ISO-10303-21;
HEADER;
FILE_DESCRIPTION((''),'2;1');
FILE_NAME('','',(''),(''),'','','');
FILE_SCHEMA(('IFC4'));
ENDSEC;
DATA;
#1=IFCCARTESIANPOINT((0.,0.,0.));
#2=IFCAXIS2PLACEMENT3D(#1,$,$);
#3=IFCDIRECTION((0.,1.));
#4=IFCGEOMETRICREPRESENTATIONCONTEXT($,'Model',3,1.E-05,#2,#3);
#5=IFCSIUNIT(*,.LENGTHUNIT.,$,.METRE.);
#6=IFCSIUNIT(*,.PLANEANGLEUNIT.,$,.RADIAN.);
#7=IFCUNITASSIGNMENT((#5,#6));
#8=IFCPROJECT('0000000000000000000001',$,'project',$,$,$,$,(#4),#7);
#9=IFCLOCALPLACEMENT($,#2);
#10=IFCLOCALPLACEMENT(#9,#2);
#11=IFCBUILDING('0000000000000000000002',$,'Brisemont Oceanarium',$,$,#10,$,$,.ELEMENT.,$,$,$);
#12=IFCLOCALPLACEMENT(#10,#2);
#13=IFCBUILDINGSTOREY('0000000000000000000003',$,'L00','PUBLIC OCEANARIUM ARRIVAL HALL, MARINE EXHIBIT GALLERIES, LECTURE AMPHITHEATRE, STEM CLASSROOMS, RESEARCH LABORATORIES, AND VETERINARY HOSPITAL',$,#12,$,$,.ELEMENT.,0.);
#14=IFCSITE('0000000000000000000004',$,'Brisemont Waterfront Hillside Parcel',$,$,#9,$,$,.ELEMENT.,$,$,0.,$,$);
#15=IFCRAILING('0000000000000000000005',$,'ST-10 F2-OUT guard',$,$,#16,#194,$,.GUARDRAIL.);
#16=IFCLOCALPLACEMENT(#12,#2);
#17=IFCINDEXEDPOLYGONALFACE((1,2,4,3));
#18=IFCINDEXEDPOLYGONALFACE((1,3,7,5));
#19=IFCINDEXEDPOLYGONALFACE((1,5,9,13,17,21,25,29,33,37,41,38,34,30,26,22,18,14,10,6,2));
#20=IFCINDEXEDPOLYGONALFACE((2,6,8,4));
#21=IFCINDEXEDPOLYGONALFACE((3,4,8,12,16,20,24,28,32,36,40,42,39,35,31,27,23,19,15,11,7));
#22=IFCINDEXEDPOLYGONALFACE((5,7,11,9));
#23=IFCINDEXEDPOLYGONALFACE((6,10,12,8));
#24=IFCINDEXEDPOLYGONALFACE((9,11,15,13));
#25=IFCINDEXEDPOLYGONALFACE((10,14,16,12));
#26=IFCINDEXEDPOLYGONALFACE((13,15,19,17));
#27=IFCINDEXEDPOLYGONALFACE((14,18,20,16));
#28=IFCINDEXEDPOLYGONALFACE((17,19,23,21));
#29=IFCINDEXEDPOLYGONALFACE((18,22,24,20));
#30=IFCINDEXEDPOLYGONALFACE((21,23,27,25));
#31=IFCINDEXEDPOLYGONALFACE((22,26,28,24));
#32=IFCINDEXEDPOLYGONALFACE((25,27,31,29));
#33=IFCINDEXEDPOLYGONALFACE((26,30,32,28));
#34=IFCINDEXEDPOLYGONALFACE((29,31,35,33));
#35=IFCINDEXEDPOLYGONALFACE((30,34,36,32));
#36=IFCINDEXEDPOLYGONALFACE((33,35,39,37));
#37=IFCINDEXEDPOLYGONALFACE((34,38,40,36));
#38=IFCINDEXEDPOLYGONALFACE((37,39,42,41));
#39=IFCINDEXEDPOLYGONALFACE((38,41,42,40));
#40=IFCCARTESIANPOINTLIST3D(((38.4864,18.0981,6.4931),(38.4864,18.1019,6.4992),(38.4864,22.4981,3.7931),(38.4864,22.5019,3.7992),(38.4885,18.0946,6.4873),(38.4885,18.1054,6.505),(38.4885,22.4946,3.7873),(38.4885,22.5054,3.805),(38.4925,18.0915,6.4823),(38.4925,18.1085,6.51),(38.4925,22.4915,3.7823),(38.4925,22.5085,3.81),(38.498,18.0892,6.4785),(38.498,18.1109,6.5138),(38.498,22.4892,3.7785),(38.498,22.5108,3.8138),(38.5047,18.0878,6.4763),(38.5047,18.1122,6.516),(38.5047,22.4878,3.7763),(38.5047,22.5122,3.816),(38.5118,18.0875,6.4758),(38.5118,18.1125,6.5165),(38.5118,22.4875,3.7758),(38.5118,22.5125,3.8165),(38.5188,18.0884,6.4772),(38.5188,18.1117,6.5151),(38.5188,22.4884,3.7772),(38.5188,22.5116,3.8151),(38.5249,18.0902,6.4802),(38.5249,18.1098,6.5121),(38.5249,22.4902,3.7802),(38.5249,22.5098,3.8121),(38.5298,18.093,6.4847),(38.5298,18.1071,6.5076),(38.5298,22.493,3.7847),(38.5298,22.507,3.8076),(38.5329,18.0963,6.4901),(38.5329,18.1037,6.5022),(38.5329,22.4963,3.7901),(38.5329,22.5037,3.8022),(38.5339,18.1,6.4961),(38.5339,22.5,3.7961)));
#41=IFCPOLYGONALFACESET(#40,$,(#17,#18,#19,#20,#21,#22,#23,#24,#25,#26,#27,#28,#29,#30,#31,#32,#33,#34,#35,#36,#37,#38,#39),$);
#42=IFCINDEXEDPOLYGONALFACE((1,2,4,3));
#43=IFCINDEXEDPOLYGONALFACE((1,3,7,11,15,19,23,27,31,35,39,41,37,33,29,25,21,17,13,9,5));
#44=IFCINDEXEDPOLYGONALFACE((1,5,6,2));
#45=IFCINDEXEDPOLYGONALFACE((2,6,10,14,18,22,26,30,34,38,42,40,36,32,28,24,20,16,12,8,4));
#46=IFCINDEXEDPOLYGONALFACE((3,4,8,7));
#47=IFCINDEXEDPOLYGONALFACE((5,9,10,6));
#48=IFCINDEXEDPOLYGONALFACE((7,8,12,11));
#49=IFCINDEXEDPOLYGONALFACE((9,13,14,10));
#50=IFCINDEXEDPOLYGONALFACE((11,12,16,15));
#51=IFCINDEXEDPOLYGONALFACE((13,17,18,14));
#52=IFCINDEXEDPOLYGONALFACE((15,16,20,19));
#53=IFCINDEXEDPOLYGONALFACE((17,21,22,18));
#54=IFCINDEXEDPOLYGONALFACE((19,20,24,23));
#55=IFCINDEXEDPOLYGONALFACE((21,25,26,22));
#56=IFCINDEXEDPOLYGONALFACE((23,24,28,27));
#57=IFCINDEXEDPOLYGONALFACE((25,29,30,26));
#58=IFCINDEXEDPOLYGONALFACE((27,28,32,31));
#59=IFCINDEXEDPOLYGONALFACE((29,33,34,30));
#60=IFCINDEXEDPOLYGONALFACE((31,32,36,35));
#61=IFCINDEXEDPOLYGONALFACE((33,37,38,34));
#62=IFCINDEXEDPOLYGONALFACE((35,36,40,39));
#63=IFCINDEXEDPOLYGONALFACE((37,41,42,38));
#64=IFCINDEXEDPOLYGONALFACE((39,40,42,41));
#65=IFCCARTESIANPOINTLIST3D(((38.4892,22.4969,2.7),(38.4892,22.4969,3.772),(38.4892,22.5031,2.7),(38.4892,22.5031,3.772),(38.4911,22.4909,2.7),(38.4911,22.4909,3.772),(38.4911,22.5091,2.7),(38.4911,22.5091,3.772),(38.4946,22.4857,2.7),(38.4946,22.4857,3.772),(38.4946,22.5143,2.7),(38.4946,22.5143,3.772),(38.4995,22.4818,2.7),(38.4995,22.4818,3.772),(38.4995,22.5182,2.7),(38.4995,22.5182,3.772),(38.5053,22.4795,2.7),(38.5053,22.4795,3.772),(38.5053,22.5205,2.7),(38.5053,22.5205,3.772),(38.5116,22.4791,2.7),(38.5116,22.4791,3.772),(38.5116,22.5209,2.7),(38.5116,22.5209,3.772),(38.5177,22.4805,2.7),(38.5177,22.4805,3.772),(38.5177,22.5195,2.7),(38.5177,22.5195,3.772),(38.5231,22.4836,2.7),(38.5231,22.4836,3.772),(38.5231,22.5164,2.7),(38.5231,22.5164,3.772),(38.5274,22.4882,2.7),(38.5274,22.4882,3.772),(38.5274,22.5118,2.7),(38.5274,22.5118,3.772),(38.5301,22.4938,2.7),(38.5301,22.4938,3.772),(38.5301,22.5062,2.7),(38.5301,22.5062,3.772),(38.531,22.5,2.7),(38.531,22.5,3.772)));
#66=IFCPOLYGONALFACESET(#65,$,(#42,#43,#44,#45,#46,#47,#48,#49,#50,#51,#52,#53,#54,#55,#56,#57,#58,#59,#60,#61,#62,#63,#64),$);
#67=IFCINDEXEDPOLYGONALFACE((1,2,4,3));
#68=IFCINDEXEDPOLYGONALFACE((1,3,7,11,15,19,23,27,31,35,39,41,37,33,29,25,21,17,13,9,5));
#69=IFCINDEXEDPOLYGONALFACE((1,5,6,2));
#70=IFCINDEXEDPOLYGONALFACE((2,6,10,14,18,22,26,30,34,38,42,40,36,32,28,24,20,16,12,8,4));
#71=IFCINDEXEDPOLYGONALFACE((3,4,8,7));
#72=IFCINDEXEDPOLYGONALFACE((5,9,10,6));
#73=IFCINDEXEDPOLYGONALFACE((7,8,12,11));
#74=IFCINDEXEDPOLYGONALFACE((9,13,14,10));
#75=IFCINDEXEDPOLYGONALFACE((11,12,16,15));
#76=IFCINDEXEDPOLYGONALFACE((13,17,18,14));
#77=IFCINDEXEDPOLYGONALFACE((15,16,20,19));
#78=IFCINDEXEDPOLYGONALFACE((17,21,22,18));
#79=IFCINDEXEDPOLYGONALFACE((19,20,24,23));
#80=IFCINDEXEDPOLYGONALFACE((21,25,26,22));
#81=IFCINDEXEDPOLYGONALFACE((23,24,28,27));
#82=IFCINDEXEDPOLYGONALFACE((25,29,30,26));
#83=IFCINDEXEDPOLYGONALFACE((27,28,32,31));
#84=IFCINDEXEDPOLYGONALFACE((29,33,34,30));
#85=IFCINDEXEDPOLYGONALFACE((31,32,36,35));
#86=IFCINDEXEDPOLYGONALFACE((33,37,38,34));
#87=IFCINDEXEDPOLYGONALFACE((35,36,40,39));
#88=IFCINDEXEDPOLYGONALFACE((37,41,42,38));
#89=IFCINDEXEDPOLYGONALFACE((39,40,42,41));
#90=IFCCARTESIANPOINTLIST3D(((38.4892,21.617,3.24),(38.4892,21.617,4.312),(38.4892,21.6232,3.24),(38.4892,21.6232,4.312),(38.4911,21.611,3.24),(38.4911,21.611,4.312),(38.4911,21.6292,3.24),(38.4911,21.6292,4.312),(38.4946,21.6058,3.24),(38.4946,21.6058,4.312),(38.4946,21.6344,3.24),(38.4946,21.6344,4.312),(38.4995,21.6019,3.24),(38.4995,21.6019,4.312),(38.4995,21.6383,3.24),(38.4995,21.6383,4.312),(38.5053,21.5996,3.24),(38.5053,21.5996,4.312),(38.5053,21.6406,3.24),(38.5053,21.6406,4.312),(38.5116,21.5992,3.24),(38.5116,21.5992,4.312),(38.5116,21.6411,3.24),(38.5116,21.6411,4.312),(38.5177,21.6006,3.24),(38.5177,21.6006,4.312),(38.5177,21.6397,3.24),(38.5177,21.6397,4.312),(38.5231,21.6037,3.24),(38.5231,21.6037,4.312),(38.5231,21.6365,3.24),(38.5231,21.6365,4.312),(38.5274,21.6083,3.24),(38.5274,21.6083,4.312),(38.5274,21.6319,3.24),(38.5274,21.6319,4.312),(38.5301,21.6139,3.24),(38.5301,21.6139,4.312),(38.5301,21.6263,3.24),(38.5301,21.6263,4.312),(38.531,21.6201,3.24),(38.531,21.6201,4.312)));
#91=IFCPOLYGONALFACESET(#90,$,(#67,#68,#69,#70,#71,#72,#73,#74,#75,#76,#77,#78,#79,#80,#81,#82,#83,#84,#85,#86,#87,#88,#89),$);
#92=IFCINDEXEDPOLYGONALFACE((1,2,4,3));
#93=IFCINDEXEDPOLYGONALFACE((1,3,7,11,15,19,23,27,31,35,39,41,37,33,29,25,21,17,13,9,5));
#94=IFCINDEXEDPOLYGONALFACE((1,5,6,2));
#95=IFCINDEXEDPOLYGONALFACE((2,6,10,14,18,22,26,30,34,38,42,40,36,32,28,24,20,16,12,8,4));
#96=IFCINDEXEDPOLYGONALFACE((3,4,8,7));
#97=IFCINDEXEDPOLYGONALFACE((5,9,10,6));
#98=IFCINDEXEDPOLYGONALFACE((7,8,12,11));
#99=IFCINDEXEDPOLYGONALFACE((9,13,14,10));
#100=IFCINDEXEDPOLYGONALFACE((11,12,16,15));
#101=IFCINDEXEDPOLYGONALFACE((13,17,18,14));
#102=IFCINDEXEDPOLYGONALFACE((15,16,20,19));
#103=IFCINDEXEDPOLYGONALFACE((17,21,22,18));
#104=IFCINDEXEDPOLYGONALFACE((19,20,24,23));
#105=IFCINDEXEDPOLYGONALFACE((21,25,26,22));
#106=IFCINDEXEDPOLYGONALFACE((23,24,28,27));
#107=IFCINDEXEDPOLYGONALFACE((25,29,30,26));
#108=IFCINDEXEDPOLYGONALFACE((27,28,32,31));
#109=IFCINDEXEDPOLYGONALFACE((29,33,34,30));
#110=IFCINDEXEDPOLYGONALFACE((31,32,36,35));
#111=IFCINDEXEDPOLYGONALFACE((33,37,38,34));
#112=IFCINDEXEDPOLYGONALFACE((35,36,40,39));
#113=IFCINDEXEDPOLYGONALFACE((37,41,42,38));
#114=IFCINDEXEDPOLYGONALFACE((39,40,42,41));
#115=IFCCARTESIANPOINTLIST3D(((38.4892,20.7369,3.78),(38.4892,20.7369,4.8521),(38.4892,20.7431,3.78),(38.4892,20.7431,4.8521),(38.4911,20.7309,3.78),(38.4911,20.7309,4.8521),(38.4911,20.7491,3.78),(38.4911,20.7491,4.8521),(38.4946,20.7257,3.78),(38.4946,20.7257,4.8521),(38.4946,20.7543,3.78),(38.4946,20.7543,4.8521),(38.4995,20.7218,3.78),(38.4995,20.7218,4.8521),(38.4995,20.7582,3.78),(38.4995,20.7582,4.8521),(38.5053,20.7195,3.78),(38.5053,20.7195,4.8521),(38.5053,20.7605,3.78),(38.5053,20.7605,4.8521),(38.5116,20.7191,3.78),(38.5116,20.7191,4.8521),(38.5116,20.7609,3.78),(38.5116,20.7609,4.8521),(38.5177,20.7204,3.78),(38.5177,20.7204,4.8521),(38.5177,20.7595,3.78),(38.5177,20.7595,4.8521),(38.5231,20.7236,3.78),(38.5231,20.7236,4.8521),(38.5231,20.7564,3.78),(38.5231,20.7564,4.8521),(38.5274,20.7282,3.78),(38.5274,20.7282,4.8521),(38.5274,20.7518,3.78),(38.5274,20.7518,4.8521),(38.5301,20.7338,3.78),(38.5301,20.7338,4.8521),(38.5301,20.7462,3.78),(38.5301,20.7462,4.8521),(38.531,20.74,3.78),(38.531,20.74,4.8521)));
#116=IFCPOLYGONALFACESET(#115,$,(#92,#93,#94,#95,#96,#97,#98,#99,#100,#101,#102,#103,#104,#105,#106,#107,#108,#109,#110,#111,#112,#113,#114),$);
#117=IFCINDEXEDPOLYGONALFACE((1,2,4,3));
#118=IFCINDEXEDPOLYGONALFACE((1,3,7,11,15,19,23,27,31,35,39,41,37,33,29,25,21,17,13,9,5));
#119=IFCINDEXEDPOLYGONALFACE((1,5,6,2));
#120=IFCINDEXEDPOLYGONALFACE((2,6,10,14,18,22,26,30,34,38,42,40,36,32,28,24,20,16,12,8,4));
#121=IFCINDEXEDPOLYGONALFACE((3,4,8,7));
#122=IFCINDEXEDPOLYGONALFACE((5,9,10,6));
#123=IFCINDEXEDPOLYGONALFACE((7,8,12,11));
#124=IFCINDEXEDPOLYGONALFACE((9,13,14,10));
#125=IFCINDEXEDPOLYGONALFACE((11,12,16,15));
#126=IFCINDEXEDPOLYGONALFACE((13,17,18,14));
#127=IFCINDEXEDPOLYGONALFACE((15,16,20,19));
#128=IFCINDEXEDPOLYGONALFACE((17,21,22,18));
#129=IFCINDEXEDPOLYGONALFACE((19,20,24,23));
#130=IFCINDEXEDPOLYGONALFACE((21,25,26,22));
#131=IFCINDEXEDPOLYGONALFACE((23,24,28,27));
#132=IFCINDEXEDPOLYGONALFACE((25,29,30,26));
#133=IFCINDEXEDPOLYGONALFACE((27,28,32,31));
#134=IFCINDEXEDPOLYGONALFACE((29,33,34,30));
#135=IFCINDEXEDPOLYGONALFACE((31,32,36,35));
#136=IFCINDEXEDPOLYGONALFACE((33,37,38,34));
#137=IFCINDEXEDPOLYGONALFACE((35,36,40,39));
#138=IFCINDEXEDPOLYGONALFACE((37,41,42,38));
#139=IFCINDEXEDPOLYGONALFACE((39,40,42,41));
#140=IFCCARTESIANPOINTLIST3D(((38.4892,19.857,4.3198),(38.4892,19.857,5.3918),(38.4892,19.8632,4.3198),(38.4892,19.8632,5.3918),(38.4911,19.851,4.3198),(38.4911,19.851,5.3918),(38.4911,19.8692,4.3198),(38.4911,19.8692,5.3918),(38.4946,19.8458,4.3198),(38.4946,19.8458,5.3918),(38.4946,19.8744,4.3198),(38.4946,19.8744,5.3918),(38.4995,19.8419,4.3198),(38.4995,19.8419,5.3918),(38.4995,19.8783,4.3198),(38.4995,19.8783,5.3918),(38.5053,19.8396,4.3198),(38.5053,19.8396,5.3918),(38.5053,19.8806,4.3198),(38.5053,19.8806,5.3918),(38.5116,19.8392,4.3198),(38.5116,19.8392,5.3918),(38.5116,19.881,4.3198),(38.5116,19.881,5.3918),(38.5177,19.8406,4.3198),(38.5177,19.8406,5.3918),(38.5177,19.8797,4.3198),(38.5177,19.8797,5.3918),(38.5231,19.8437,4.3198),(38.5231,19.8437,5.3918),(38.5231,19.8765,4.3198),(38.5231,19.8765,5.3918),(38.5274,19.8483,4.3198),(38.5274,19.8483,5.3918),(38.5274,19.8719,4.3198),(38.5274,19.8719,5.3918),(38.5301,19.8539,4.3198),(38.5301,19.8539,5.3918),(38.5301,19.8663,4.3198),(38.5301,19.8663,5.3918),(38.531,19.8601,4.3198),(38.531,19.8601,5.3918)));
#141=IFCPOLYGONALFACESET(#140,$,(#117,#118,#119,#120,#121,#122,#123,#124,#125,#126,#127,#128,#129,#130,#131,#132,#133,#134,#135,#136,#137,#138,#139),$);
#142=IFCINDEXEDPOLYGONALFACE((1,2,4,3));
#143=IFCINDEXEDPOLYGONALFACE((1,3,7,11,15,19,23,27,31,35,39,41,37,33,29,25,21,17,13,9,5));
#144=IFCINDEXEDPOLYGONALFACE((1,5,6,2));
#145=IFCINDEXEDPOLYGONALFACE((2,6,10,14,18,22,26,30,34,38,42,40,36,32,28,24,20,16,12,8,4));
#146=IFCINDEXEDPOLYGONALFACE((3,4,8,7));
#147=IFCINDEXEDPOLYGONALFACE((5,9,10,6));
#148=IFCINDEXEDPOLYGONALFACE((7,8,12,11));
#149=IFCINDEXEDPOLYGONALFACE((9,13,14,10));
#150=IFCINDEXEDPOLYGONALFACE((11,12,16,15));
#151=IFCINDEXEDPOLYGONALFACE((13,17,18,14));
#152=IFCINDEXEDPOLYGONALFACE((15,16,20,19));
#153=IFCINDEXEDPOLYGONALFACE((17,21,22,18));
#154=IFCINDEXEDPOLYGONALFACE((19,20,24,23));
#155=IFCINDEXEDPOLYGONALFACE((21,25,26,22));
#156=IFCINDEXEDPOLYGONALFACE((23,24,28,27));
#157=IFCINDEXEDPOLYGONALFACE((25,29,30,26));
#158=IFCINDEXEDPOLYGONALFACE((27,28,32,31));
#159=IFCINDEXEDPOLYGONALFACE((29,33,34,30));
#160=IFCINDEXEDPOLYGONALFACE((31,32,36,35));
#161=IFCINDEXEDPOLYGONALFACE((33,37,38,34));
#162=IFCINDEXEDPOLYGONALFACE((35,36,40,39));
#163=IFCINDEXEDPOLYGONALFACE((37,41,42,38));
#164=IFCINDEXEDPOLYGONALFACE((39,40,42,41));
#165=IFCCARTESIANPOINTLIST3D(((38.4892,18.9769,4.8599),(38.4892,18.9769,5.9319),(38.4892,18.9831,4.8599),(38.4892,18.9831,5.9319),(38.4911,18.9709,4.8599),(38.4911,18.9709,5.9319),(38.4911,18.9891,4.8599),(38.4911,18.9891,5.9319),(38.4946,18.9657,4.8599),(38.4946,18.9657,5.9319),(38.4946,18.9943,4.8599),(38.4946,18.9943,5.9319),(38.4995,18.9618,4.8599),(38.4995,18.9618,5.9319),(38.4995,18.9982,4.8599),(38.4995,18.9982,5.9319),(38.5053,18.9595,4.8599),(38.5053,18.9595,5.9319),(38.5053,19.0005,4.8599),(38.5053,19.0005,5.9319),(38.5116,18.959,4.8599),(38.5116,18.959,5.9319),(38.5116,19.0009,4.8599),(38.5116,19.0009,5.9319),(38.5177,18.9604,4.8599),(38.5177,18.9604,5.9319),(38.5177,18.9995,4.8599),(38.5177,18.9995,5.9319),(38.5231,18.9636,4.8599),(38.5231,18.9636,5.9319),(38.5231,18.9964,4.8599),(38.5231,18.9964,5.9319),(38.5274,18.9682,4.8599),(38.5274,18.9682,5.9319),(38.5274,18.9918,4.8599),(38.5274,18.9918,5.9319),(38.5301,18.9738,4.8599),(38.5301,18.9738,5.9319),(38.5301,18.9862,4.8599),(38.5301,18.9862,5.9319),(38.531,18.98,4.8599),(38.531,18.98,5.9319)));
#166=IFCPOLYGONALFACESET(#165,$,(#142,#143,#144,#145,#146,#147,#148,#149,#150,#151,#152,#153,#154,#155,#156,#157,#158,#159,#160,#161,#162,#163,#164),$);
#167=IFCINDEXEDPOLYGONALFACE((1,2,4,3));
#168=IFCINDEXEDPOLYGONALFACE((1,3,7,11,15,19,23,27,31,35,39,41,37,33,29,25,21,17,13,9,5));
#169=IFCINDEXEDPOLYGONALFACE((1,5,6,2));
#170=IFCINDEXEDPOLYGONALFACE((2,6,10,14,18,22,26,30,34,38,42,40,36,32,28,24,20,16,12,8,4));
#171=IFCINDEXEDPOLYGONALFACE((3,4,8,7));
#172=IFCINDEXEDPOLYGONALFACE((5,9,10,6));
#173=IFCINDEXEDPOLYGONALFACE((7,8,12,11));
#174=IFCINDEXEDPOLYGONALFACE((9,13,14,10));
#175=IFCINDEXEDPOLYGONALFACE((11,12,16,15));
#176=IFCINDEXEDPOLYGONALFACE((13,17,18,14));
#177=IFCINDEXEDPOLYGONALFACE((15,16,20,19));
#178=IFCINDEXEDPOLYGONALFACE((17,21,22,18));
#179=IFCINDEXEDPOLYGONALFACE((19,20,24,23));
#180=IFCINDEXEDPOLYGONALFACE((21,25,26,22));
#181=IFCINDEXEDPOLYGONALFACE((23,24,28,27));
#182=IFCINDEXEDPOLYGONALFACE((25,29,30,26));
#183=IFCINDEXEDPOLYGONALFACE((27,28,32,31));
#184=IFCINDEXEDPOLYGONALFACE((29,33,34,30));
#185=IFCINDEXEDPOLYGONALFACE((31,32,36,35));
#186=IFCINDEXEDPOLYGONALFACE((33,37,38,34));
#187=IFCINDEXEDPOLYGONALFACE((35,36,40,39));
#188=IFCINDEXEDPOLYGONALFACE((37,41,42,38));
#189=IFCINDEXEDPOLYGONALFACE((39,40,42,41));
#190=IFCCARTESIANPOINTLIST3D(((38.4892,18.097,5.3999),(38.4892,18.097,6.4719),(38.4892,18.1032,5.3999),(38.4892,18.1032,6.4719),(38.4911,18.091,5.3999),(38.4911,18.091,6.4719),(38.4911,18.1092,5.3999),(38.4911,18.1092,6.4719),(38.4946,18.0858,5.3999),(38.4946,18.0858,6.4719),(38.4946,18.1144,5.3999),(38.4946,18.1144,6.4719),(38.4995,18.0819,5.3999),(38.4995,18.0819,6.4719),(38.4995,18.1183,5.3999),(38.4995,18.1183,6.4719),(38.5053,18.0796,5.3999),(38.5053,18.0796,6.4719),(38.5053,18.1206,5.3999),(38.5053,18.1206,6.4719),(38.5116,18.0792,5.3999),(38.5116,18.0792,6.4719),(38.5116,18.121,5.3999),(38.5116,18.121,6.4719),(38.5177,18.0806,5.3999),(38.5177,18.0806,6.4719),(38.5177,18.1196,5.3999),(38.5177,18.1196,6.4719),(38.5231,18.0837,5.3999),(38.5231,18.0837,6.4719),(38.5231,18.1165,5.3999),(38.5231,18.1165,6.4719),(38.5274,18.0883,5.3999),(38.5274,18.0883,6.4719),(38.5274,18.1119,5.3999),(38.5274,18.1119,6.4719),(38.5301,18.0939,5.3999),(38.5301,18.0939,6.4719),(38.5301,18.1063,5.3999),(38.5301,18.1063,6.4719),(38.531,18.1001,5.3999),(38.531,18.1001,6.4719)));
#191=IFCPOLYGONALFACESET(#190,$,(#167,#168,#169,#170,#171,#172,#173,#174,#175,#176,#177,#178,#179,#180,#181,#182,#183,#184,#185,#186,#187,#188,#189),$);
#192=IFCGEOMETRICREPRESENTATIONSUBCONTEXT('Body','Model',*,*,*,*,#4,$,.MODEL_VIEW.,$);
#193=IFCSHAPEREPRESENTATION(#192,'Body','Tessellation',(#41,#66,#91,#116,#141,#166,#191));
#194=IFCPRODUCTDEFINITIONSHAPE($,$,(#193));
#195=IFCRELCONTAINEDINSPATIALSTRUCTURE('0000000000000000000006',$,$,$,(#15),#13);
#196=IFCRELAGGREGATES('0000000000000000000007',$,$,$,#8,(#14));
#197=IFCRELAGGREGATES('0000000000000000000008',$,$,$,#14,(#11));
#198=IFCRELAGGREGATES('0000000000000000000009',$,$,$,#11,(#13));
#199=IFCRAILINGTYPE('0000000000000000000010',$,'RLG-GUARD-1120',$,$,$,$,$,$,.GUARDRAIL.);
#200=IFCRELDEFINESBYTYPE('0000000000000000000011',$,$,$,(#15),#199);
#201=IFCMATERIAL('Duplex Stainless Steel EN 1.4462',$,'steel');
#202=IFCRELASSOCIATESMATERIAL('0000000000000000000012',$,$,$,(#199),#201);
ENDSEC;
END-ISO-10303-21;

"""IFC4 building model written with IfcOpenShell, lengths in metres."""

from ifc_helpers import new_model, si_unit, direction, frame, origin, origin_2d, place, context, subcontext, project, spatial, circle, extrude, material, type_object, element, save


model = new_model("IFC4")

# Units and contexts
model_context = context("Model", 3, precision=1e-05, world=origin(), true_north=direction((0.0, 1.0)))
body_context = subcontext(model_context, "Body", "Model", "MODEL_VIEW")
ifc_project = project(units=[si_unit("LENGTHUNIT", "METRE"), si_unit("PLANEANGLEUNIT", "RADIAN")], contexts=[model_context])

# Site, building, storey
site_placement = place(None, origin())
site = spatial("IfcSite", under=ifc_project, at=site_placement, Name="Brisemont Waterfront Hillside Parcel", CompositionType="ELEMENT", RefElevation=0.0)
building_placement = place(site_placement, origin())
building = spatial("IfcBuilding", under=site, at=building_placement, Name="Brisemont Oceanarium", CompositionType="ELEMENT")
storey_placement = place(building_placement, origin())
storey = spatial("IfcBuildingStorey", under=building, at=storey_placement, Name="L00", Description="PUBLIC OCEANARIUM ARRIVAL HALL, MARINE EXHIBIT GALLERIES, LECTURE AMPHITHEATRE, STEM CLASSROOMS, RESEARCH LABORATORIES, AND VETERINARY HOSPITAL", CompositionType="ELEMENT", Elevation=0.0)

# Railing
ifc_material_1 = material(Name="Duplex Stainless Steel EN 1.4462", Category="steel")
railing_type_1 = type_object("IfcRailingType", Name="RLG-GUARD-1120", PredefinedType="GUARDRAIL", material=ifc_material_1)
for number, where, name in (
    (1, (38.51, 22.5, 2.7), "ST-10 F2-OUT guard"),
):
    element("IfcRailing", number, at=place(storey_placement, frame(where)), inside=storey, type_object=railing_type_1, Name=name, PredefinedType="GUARDRAIL", context=body_context, shape_type="SweptSolid", body=[
        extrude(circle(Radius=0.0239, at=origin_2d()), frame((0.0, 0.0, 1.0962), z_axis=(0.0, -0.852322, 0.523018), x_axis=(1.0, 0.0, 0.0)), (0.0, 0.0, 1.0), 5.1624),
        extrude(circle(Radius=0.021, at=origin_2d()), origin(), (0.0, 0.0, 1.0), 1.072),
        extrude(circle(Radius=0.021, at=origin_2d()), frame((0.0, -0.8799, 0.54)), (0.0, 0.0, 1.0), 1.072),
        extrude(circle(Radius=0.021, at=origin_2d()), frame((0.0, -1.76, 1.0801)), (0.0, 0.0, 1.0), 1.072),
        extrude(circle(Radius=0.021, at=origin_2d()), frame((0.0, -2.6399, 1.6199)), (0.0, 0.0, 1.0), 1.072),
        extrude(circle(Radius=0.021, at=origin_2d()), frame((0.0, -3.52, 2.1599)), (0.0, 0.0, 1.0), 1.072),
        extrude(circle(Radius=0.021, at=origin_2d()), frame((0.0, -4.3999, 2.7)), (0.0, 0.0, 1.0), 1.072),
    ])

save(model, "model.ifc")
